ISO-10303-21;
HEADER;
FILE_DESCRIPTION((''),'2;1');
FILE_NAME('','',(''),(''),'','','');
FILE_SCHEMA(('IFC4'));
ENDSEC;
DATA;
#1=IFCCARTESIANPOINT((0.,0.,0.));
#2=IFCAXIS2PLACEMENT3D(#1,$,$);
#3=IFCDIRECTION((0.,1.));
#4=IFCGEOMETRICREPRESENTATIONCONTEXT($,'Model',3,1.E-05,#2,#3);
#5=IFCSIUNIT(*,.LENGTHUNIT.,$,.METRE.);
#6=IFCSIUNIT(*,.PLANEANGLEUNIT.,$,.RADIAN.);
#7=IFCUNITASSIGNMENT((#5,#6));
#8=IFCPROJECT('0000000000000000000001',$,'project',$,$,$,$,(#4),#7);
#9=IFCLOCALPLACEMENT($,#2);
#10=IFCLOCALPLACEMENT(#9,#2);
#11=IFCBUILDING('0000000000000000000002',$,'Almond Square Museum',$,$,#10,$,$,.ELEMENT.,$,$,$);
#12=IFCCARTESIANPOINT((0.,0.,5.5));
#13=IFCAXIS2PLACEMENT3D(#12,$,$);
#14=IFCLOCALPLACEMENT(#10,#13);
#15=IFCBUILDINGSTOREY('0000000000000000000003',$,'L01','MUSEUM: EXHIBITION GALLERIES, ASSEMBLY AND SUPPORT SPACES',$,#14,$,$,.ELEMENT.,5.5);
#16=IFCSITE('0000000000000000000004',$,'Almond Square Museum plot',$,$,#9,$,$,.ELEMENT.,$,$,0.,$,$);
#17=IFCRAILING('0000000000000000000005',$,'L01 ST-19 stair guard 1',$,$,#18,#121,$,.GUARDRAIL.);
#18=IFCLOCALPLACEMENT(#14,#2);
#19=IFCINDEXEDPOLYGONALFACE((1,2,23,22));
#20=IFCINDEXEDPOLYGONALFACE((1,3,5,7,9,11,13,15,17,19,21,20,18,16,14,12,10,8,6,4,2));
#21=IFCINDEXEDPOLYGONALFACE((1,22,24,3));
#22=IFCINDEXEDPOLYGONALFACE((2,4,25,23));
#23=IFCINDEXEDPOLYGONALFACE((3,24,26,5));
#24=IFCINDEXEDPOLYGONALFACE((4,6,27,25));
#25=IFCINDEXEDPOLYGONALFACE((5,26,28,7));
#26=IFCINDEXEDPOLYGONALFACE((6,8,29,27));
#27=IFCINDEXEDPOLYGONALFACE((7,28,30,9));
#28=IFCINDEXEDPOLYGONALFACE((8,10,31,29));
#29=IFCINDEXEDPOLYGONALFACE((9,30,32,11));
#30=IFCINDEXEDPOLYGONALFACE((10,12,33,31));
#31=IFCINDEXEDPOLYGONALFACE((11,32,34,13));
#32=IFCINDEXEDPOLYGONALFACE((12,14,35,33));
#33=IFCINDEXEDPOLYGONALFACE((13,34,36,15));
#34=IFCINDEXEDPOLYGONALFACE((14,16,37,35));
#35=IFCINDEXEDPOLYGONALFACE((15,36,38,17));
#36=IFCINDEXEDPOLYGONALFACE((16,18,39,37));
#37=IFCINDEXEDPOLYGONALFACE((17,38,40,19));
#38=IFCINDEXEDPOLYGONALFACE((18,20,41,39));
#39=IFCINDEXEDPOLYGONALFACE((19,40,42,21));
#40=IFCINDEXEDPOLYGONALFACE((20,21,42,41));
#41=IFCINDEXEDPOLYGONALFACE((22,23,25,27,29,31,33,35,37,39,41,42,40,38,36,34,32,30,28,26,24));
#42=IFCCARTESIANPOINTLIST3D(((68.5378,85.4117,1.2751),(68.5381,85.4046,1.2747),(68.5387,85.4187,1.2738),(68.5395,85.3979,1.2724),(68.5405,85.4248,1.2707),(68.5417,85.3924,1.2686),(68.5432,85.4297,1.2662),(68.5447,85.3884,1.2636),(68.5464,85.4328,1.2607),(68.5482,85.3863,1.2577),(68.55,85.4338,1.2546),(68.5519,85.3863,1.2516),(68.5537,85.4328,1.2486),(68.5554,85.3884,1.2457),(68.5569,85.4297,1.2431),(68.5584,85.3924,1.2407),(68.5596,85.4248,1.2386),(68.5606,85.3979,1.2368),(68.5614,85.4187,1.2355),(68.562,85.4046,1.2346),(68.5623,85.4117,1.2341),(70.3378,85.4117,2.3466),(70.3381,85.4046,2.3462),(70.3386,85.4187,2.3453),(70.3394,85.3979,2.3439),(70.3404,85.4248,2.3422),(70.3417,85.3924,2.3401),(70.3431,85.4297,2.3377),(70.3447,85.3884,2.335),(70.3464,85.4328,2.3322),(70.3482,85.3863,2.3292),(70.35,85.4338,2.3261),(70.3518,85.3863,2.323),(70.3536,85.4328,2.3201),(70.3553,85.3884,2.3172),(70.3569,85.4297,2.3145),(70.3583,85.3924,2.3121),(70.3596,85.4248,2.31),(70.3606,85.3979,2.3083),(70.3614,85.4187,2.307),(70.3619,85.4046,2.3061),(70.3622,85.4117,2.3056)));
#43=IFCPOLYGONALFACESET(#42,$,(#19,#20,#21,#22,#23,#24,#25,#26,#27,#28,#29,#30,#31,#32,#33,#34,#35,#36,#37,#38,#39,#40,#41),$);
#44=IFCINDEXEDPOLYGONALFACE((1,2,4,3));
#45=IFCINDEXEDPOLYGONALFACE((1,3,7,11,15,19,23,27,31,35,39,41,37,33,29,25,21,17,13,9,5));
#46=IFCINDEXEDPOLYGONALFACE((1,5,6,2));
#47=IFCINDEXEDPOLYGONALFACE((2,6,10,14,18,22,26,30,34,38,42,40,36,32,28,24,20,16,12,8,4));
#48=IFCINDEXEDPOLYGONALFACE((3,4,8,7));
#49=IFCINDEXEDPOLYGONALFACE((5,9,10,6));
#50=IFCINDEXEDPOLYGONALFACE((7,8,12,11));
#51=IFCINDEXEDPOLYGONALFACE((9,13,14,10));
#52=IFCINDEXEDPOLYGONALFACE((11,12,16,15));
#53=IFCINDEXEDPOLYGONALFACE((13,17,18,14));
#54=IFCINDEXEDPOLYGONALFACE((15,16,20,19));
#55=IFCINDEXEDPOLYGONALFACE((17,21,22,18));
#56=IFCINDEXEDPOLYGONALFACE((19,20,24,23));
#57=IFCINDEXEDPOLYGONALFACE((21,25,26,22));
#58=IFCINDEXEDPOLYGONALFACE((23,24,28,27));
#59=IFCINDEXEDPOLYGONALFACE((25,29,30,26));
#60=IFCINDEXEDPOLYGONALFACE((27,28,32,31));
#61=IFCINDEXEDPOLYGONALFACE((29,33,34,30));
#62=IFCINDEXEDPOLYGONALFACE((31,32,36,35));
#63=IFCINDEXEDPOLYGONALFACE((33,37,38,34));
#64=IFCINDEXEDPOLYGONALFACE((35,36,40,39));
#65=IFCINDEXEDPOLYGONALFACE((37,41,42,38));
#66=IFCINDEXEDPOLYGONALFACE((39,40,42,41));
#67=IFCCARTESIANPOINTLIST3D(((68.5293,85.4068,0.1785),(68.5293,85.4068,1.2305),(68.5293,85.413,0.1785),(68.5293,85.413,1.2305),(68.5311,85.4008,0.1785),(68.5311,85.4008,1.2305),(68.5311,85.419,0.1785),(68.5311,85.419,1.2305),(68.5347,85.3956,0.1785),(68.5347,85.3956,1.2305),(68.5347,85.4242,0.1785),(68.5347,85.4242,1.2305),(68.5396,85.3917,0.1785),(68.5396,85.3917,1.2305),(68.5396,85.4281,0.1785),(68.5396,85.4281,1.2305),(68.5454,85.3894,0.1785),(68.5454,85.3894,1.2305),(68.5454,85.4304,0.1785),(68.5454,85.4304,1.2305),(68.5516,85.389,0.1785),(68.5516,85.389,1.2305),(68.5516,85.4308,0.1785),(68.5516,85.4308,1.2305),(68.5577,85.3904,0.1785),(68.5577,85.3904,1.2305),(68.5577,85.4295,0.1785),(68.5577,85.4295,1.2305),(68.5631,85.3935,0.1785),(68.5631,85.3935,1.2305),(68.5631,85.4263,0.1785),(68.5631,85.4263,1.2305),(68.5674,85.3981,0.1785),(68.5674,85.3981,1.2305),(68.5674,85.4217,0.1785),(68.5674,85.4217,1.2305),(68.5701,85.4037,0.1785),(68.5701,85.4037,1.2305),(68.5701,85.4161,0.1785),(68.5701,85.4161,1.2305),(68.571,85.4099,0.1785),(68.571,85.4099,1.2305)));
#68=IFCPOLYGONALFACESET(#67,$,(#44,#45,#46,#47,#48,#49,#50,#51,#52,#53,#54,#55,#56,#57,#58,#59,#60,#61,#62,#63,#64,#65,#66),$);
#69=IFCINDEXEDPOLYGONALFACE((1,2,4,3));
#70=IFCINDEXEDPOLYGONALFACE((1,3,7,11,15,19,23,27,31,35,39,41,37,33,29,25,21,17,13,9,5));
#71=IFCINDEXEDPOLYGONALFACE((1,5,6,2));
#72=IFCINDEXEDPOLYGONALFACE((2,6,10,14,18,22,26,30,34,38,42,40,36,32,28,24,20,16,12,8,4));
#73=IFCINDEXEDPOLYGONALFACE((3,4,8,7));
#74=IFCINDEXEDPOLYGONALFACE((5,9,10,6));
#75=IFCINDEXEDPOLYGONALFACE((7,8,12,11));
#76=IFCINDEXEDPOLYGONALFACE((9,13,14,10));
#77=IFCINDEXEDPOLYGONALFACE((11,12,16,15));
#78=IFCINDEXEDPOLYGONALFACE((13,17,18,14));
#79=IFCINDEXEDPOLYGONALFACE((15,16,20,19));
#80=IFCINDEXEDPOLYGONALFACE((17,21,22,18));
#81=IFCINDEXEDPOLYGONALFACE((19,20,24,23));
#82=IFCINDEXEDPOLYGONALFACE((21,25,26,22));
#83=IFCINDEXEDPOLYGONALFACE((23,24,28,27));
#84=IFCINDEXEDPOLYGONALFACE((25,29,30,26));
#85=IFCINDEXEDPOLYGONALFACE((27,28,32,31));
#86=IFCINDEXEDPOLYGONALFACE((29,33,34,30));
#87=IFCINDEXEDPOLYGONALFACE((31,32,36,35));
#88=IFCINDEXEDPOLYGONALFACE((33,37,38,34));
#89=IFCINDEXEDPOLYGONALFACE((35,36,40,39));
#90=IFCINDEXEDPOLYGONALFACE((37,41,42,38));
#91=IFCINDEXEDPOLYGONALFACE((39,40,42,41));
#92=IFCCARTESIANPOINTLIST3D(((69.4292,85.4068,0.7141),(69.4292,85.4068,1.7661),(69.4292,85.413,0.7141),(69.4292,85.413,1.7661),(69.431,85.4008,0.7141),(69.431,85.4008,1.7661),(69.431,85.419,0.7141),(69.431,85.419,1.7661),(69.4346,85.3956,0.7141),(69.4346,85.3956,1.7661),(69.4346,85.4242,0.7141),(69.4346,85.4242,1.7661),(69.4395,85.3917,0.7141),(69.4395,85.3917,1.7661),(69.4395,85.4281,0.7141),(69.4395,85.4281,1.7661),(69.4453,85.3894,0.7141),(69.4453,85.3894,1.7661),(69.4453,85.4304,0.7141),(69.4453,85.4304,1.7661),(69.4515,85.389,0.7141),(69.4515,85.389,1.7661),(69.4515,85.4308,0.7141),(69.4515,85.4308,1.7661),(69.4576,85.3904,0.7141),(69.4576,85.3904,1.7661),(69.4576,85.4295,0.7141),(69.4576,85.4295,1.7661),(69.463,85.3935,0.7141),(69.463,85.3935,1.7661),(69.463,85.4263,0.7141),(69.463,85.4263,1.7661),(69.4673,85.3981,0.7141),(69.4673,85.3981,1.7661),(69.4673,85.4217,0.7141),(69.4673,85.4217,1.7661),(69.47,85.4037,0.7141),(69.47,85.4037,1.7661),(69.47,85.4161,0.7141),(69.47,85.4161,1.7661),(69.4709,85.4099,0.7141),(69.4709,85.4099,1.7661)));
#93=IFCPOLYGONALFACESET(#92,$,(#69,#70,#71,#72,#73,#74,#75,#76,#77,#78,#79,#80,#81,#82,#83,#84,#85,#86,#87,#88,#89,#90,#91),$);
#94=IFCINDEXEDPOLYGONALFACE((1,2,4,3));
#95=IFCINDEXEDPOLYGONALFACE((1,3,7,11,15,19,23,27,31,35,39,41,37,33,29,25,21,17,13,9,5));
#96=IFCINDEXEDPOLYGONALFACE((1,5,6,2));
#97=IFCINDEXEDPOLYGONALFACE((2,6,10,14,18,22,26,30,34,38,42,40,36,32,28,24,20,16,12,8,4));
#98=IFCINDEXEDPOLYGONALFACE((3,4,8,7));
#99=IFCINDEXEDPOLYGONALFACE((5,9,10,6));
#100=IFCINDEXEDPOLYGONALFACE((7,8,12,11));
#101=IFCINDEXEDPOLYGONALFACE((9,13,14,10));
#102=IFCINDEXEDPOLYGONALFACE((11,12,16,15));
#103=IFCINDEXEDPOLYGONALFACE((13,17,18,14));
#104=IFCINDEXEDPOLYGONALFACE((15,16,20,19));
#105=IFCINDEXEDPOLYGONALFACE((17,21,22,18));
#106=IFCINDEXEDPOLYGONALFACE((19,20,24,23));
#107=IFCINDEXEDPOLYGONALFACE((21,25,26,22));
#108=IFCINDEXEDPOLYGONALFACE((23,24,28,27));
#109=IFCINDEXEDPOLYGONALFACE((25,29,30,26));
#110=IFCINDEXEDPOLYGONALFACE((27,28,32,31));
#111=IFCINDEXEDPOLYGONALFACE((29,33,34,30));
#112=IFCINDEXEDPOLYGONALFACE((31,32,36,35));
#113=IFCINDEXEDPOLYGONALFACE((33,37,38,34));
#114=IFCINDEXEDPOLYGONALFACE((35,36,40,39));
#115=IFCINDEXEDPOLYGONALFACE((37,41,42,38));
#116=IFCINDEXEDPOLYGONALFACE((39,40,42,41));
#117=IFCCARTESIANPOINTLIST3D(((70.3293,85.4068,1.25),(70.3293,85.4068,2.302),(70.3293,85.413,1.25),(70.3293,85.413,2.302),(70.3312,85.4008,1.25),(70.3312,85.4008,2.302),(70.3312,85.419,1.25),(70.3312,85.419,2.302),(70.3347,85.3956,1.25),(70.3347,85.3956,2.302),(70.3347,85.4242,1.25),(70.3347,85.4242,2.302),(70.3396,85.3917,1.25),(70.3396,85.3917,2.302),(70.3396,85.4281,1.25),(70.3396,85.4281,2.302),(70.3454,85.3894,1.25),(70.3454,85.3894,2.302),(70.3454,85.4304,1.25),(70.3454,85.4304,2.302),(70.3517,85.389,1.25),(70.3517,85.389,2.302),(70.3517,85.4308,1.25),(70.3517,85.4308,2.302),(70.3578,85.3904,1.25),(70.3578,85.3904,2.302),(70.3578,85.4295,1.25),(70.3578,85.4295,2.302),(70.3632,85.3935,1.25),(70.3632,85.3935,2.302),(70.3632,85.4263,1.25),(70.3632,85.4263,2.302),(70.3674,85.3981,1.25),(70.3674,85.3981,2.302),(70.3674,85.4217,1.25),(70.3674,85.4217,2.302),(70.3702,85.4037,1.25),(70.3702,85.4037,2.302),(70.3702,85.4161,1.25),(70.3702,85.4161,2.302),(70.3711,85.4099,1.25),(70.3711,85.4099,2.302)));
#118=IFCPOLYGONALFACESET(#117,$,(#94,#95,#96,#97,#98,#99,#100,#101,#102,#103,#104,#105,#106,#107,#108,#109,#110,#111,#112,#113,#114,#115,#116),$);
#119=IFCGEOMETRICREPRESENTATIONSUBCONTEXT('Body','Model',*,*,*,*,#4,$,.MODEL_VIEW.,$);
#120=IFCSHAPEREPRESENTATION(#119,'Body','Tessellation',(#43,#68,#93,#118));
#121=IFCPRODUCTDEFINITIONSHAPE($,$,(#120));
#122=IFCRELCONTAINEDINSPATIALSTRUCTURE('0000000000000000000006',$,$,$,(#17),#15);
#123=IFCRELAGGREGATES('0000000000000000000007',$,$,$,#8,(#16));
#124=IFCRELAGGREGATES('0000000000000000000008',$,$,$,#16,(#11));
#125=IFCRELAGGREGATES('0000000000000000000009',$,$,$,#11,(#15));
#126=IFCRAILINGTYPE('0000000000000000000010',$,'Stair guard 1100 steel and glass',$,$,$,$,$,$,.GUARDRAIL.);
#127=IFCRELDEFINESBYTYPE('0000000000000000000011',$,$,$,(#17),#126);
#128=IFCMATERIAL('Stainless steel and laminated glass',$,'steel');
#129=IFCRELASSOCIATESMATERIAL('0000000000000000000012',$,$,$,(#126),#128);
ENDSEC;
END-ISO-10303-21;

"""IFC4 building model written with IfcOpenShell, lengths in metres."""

from ifc_helpers import new_model, si_unit, direction, frame, origin, origin_2d, place, context, subcontext, project, spatial, circle, extrude, material, type_object, element, save


model = new_model("IFC4")

# Units and contexts
model_context = context("Model", 3, precision=1e-05, world=origin(), true_north=direction((0.0, 1.0)))
body_context = subcontext(model_context, "Body", "Model", "MODEL_VIEW")
ifc_project = project(units=[si_unit("LENGTHUNIT", "METRE"), si_unit("PLANEANGLEUNIT", "RADIAN")], contexts=[model_context])

# Site, building, storey
site_placement = place(None, origin())
site = spatial("IfcSite", under=ifc_project, at=site_placement, Name="Almond Square Museum plot", CompositionType="ELEMENT", RefElevation=0.0)
building_placement = place(site_placement, origin())
building = spatial("IfcBuilding", under=site, at=building_placement, Name="Almond Square Museum", CompositionType="ELEMENT")
storey_placement = place(building_placement, frame((0.0, 0.0, 5.5)))
storey = spatial("IfcBuildingStorey", under=building, at=storey_placement, Name="L01", Description="MUSEUM: EXHIBITION GALLERIES, ASSEMBLY AND SUPPORT SPACES", CompositionType="ELEMENT", Elevation=5.5)

# Railing
ifc_material_1 = material(Name="Stainless steel and laminated glass", Category="steel")
railing_type_1 = type_object("IfcRailingType", Name="Stair guard 1100 steel and glass", PredefinedType="GUARDRAIL", material=ifc_material_1)
railing_1_placement = place(storey_placement, frame((68.55, 85.4099, 0.1785)))
element("IfcRailing", 1, at=railing_1_placement, inside=storey, type_object=railing_type_1, Name="L01 ST-19 stair guard 1", PredefinedType="GUARDRAIL", context=body_context, shape_type="SweptSolid", body=[
    extrude(circle(Radius=0.0239, at=origin_2d()), frame((0.0, 0.0, 1.0762), z_axis=(0.859277, 0.0, 0.51151), x_axis=(0.0, 1.0, 0.0)), (0.0, 0.0, 1.0), 2.0947),
    extrude(circle(Radius=0.021, at=origin_2d()), origin(), (0.0, 0.0, 1.0), 1.052),
    extrude(circle(Radius=0.021, at=origin_2d()), frame((0.8999, 0.0, 0.5356)), (0.0, 0.0, 1.0), 1.052),
    extrude(circle(Radius=0.021, at=origin_2d()), frame((1.8, 0.0, 1.0715)), (0.0, 0.0, 1.0), 1.052),
])

save(model, "model.ifc")
